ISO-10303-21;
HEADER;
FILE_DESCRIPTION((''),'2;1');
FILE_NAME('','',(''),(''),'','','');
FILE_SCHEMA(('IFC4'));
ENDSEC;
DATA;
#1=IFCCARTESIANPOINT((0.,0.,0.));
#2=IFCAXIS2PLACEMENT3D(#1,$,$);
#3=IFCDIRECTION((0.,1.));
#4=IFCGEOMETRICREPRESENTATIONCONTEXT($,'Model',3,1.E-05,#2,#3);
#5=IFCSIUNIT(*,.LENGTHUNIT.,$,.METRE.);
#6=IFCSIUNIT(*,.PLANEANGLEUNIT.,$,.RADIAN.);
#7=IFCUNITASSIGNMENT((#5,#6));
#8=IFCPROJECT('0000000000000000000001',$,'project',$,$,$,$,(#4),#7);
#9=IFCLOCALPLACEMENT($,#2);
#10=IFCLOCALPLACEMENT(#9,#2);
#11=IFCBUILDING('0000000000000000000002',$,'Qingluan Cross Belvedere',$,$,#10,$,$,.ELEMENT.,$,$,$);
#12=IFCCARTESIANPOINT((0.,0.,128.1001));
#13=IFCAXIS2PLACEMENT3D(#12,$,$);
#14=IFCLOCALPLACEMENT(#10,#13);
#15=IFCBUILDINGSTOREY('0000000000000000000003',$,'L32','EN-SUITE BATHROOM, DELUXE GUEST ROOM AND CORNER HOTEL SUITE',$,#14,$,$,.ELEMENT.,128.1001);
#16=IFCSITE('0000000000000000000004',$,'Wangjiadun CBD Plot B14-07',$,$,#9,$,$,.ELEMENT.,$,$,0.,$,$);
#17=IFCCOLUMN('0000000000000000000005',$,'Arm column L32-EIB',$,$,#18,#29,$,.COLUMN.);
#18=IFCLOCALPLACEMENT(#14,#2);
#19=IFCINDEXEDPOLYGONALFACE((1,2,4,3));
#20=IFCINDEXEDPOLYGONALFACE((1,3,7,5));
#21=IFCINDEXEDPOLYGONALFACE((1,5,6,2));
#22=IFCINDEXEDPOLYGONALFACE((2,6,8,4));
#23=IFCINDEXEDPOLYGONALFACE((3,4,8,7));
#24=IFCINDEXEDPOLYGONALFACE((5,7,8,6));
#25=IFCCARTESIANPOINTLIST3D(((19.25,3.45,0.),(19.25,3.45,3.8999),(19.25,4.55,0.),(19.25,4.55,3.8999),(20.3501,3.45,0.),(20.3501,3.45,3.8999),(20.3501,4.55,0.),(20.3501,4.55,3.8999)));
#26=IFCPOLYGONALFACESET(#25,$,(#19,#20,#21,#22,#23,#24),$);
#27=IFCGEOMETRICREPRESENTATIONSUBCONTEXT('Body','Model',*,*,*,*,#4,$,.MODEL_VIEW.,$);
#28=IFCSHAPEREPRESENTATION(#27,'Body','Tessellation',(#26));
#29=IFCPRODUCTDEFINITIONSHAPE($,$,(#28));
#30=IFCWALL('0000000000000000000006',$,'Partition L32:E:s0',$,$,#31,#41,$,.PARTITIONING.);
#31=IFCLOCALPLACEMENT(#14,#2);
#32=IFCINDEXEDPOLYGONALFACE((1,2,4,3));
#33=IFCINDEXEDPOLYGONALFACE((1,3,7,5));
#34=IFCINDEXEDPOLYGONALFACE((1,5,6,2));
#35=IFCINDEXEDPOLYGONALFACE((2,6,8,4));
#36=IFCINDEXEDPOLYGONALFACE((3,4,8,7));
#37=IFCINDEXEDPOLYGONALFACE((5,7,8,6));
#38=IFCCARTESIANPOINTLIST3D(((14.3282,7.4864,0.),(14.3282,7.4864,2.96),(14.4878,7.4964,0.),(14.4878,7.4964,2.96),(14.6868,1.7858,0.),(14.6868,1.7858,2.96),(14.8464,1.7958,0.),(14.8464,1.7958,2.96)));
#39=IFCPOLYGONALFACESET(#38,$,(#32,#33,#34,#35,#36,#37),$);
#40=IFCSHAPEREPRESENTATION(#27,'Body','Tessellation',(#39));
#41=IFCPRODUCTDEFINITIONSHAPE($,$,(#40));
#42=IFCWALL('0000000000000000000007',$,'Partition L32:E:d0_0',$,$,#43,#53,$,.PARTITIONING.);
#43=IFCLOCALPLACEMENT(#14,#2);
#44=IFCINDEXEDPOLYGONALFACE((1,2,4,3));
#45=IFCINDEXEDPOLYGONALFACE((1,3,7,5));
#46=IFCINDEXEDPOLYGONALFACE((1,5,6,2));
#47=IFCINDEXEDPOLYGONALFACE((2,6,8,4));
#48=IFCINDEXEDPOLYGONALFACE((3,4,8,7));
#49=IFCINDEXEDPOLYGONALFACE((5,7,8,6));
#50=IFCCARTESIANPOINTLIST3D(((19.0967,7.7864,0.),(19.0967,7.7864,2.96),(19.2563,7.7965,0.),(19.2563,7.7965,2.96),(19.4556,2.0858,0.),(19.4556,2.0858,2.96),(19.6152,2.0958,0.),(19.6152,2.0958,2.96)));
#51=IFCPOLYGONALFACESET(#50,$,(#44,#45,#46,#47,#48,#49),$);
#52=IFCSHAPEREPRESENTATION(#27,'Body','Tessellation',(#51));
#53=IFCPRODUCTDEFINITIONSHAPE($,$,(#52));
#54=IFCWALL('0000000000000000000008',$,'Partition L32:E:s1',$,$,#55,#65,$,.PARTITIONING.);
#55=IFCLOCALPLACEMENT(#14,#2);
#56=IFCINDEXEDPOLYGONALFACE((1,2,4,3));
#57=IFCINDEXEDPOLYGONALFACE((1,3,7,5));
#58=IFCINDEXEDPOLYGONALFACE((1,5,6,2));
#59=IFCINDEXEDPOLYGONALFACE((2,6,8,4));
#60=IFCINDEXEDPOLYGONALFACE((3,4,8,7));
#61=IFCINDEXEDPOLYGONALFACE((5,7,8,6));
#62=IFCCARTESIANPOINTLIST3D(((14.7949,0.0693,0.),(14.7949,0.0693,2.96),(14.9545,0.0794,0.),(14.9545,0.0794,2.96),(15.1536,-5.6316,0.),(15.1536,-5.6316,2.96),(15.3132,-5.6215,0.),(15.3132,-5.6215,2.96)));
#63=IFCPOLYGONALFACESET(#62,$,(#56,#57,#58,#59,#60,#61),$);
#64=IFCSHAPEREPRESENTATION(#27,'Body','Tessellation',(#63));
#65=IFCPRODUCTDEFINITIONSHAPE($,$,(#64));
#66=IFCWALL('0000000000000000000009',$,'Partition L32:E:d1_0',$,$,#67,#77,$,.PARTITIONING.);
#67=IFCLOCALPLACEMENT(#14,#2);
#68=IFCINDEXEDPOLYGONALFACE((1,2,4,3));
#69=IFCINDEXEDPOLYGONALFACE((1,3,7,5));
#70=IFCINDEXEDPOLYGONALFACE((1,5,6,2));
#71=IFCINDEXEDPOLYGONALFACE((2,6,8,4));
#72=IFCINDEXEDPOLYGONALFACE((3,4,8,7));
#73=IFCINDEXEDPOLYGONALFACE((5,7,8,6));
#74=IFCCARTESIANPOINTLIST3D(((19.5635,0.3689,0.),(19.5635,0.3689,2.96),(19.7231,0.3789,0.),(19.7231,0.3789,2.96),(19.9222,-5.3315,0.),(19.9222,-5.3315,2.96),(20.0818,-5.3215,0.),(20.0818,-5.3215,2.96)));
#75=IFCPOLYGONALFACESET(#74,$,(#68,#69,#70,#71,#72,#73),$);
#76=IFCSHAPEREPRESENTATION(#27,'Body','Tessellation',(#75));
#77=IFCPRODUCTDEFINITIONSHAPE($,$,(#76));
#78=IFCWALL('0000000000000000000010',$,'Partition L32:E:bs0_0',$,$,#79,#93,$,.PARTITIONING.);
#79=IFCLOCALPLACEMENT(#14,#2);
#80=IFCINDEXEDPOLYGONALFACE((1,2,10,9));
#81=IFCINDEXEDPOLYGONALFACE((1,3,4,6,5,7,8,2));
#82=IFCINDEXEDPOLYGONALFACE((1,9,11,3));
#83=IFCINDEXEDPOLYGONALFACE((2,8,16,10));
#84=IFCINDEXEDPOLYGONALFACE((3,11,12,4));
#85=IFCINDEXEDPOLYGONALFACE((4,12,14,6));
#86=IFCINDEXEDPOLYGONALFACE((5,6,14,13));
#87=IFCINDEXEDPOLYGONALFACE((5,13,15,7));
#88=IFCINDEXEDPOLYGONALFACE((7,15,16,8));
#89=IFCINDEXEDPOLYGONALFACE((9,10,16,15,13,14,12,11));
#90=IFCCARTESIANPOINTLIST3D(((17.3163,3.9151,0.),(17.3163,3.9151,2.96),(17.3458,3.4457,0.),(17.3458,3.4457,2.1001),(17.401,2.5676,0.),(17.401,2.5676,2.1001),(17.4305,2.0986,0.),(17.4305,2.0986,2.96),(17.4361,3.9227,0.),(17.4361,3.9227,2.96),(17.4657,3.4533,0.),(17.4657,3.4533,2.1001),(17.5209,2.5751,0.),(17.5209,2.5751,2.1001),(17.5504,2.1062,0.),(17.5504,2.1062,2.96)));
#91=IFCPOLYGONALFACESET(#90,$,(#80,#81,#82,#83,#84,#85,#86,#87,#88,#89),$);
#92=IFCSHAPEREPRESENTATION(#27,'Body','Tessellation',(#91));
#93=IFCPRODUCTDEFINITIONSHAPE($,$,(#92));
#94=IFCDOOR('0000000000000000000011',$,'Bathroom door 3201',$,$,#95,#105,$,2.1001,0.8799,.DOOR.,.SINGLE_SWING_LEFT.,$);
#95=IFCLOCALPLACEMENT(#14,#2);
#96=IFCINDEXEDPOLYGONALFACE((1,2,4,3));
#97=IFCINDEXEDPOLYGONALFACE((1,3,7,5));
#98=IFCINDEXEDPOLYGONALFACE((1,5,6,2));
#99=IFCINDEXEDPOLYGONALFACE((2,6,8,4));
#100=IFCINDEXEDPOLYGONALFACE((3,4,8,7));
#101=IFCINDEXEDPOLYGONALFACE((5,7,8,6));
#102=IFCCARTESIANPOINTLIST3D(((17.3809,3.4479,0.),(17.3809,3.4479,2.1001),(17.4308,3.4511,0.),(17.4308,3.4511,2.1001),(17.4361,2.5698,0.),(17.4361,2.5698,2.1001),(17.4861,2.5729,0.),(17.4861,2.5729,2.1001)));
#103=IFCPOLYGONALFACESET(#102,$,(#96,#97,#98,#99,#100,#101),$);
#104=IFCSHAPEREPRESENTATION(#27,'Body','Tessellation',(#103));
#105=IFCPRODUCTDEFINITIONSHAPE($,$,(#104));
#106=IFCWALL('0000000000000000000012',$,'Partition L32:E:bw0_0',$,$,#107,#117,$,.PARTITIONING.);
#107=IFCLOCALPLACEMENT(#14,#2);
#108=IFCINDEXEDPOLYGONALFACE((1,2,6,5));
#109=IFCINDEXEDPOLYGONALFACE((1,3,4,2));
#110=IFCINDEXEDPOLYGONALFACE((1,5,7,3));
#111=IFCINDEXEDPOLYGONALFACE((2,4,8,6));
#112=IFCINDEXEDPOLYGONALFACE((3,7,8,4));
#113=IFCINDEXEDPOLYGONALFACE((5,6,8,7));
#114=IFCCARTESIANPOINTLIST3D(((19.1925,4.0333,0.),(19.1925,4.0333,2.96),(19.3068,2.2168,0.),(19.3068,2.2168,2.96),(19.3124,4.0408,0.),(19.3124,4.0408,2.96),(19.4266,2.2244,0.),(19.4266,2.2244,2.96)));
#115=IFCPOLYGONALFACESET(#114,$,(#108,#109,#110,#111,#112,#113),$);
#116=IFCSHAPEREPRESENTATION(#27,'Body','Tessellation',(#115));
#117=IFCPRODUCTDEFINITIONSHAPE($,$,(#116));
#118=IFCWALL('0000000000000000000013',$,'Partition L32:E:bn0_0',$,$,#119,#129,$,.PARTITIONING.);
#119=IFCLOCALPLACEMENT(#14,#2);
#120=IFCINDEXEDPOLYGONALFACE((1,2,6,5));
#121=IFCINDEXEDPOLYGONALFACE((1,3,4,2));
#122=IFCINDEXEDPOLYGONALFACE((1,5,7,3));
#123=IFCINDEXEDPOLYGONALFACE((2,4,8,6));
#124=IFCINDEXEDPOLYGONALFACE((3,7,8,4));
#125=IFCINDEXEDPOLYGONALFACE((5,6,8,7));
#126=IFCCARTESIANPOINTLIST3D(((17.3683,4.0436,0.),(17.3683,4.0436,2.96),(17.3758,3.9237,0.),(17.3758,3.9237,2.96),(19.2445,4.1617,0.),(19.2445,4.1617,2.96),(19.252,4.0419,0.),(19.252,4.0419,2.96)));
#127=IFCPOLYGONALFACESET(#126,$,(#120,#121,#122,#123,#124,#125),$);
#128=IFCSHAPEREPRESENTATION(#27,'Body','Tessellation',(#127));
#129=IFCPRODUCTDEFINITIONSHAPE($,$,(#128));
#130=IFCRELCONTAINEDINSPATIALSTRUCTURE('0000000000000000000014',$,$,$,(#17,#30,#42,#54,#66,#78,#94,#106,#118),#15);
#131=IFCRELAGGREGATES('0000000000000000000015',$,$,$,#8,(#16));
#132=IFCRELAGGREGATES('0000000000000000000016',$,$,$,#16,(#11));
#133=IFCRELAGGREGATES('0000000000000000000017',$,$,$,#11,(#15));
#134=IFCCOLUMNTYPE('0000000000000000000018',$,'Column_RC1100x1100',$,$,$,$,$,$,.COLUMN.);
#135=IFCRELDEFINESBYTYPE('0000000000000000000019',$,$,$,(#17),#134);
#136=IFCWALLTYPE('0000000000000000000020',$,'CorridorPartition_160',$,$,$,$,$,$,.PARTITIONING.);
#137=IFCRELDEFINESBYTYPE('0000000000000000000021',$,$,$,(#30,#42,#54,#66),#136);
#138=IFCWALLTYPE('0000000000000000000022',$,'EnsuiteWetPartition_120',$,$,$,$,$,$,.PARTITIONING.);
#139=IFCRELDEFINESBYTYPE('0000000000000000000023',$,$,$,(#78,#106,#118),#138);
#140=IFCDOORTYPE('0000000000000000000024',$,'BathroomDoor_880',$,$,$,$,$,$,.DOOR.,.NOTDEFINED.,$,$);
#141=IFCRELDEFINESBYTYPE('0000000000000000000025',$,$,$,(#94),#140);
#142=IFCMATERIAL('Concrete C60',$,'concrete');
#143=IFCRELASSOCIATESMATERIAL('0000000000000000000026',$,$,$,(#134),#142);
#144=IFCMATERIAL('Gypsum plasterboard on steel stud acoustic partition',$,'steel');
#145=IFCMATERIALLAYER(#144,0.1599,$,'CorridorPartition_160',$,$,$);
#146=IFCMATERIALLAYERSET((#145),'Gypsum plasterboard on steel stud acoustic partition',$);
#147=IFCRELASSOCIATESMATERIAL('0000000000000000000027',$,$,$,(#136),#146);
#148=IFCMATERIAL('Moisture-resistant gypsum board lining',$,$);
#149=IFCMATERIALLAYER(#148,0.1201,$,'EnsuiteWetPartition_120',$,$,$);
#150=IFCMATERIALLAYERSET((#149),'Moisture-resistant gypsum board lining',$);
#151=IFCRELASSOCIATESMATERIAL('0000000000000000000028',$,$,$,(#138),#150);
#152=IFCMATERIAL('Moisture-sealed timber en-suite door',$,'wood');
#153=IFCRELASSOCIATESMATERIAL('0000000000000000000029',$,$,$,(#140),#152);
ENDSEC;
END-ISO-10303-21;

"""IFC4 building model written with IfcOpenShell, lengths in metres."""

from ifc_helpers import new_model, si_unit, direction, frame, frame_2d, origin, origin_2d, place, context, subcontext, project, spatial, rectangle, extrude, material, layer, layer_set, material_profile, profile_set, type_object, element, fill, save


model = new_model("IFC4")

# Units and contexts
model_context = context("Model", 3, precision=1e-05, world=origin(), true_north=direction((0.0, 1.0)))
body_context = subcontext(model_context, "Body", "Model", "MODEL_VIEW")
ifc_project = project(units=[si_unit("LENGTHUNIT", "METRE"), si_unit("PLANEANGLEUNIT", "RADIAN")], contexts=[model_context])

# Site, building, storey
site_placement = place(None, origin())
site = spatial("IfcSite", under=ifc_project, at=site_placement, Name="Wangjiadun CBD Plot B14-07", CompositionType="ELEMENT", RefElevation=0.0)
building_placement = place(site_placement, origin())
building = spatial("IfcBuilding", under=site, at=building_placement, Name="Qingluan Cross Belvedere", CompositionType="ELEMENT")
storey_placement = place(building_placement, frame((0.0, 0.0, 128.1001)))
storey = spatial("IfcBuildingStorey", under=building, at=storey_placement, Name="L32", Description="EN-SUITE BATHROOM, DELUXE GUEST ROOM AND CORNER HOTEL SUITE", CompositionType="ELEMENT", Elevation=128.1001)

# Column
ifc_material_1 = material(Name="Concrete C60", Category="concrete")
ifc_material_profile = material_profile(ifc_material_1, rectangle(XDim=1.1001, YDim=1.1001, at=origin_2d()), Name="RC1100x1100")
ifc_profile_set = profile_set([ifc_material_profile], Name="Concrete C60")
column_type = type_object("IfcColumnType", Name="Column_RC1100x1100", PredefinedType="COLUMN", material=ifc_profile_set)
column_placement = place(storey_placement, frame((19.8, 4.0, 0.0), z_axis=(0.0, 0.0, 1.0), x_axis=(1.0, 0.0, 0.0)))
element("IfcColumn", 1, at=column_placement, inside=storey, type_object=column_type, Name="Arm column L32-EIB", PredefinedType="COLUMN", context=body_context, shape_type="SweptSolid", body=[
    extrude(rectangle(XDim=1.1001, YDim=1.1001, at=origin_2d()), origin(), (0.0, 0.0, 1.0), 3.8999),
])

# Shared definitions
ifc_material_2 = material(Name="Gypsum plasterboard on steel stud acoustic partition", Category="steel")
ifc_layer_1 = layer(ifc_material_2, 0.1599, Name="CorridorPartition_160")
ifc_layer_set_1 = layer_set([ifc_layer_1], Name="Gypsum plasterboard on steel stud acoustic partition")
wall_type_1 = type_object("IfcWallType", Name="CorridorPartition_160", PredefinedType="PARTITIONING", material=ifc_layer_set_1)

# Walls
for number, where, z_axis, x_axis, name in (
    (2, (14.7666, 1.7908, 0.0), (0.0, 0.0, 1.0), (-0.062788, 0.998027, 0.0), "Partition L32:E:s0"),
    (3, (19.5354, 2.0908, 0.0), (0.0, 0.0, 1.0), (-0.062831, 0.998024, 0.0), "Partition L32:E:d0_0"),
):
    element("IfcWall", number, at=place(storey_placement, frame(where, z_axis=z_axis, x_axis=x_axis)), inside=storey, type_object=wall_type_1, Name=name, PredefinedType="PARTITIONING", context=body_context, shape_type="SweptSolid", body=[
        extrude(rectangle(XDim=5.7119, YDim=0.1599, at=frame_2d((2.856, 0.0))), origin(), (0.0, 0.0, 1.0), 2.96),
    ])

# Walls
wall_1_placement = place(storey_placement, frame((14.8748, 0.0742, 0.0), z_axis=(0.0, 0.0, 1.0), x_axis=(0.062785, -0.998027, 0.0)))
element("IfcWall", 4, at=wall_1_placement, inside=storey, type_object=wall_type_1, Name="Partition L32:E:s1", PredefinedType="PARTITIONING", context=body_context, shape_type="SweptSolid", body=[
    extrude(rectangle(XDim=5.7122, YDim=0.1599, at=frame_2d((2.856, 0.0))), origin(), (0.0, 0.0, 1.0), 2.96),
])
wall_2_placement = place(storey_placement, frame((19.6433, 0.374, 0.0), z_axis=(0.0, 0.0, 1.0), x_axis=(0.062791, -0.998027, 0.0)))
element("IfcWall", 5, at=wall_2_placement, inside=storey, type_object=wall_type_1, Name="Partition L32:E:d1_0", PredefinedType="PARTITIONING", context=body_context, shape_type="SweptSolid", body=[
    extrude(rectangle(XDim=5.7117, YDim=0.1599, at=frame_2d((2.856, 0.0))), origin(), (0.0, 0.0, 1.0), 2.96),
])

# Wall, opening, door
ifc_material_3 = material(Name="Moisture-resistant gypsum board lining")
ifc_layer_2 = layer(ifc_material_3, 0.1201, Name="EnsuiteWetPartition_120")
ifc_layer_set_2 = layer_set([ifc_layer_2], Name="Moisture-resistant gypsum board lining")
wall_type_2 = type_object("IfcWallType", Name="EnsuiteWetPartition_120", PredefinedType="PARTITIONING", material=ifc_layer_set_2)
wall_3_placement = place(storey_placement, frame((17.4905, 2.1023, 0.0), z_axis=(0.0, 0.0, 1.0), x_axis=(-0.062779, 0.998027, 0.0)))
wall_3 = element("IfcWall", 6, at=wall_3_placement, inside=storey, type_object=wall_type_2, Name="Partition L32:E:bs0_0", PredefinedType="PARTITIONING", context=body_context, shape_type="SweptSolid", body=[
    extrude(rectangle(XDim=1.8201, YDim=0.1201, at=frame_2d((0.9102, 0.0))), origin(), (0.0, 0.0, 1.0), 2.96),
])
opening_1_placement = place(wall_3_placement, frame((0.47, 0.0, 0.0)))
opening_1 = element("IfcOpeningElement", 7, at=opening_1_placement, cuts=wall_3, PredefinedType="OPENING", context=body_context, shape_type="SweptSolid", body=[
    extrude(rectangle(XDim=0.8799, YDim=2.1001, at=frame_2d((0.4399, 1.05))), frame((0.0, 0.0701, 0.0), z_axis=(0.0, -1.0, 0.0), x_axis=(1.0, 0.0, 0.0)), (0.0, 0.0, 1.0), 0.1401),
])
ifc_material_4 = material(Name="Moisture-sealed timber en-suite door", Category="wood")
door_type_1 = type_object("IfcDoorType", Name="BathroomDoor_880", OperationType="NOTDEFINED", PredefinedType="DOOR", material=ifc_material_4)
door_1_placement = place(opening_1_placement, origin())
door_1 = element("IfcDoor", 8, at=door_1_placement, inside=storey, type_object=door_type_1, Name="Bathroom door 3201", OperationType="SINGLE_SWING_LEFT", OverallHeight=2.1001, OverallWidth=0.8799, PredefinedType="DOOR", context=body_context, shape_type="SweptSolid", body=[
    extrude(rectangle(XDim=0.8799, YDim=2.1001, at=frame_2d((0.4399, 1.05))), frame((0.0, 0.0249, 0.0), z_axis=(0.0, -1.0, 0.0), x_axis=(1.0, 0.0, 0.0)), (0.0, 0.0, 1.0), 0.05),
])
fill(opening_1, door_1)

# Walls
wall_4_placement = place(storey_placement, frame((19.3667, 2.2205, 0.0), z_axis=(0.0, 0.0, 1.0), x_axis=(-0.062779, 0.998027, 0.0)))
element("IfcWall", 9, at=wall_4_placement, inside=storey, type_object=wall_type_2, Name="Partition L32:E:bw0_0", PredefinedType="PARTITIONING", context=body_context, shape_type="SweptSolid", body=[
    extrude(rectangle(XDim=1.8201, YDim=0.1201, at=frame_2d((0.9102, 0.0))), origin(), (0.0, 0.0, 1.0), 2.96),
])
wall_5_placement = place(storey_placement, frame((17.3721, 3.9836, 0.0), z_axis=(0.0, 0.0, 1.0), x_axis=(0.998023, 0.062855, 0.0)))
element("IfcWall", 10, at=wall_5_placement, inside=storey, type_object=wall_type_2, Name="Partition L32:E:bn0_0", PredefinedType="PARTITIONING", context=body_context, shape_type="SweptSolid", body=[
    extrude(rectangle(XDim=1.8799, YDim=0.1201, at=frame_2d((0.9399, 0.0))), origin(), (0.0, 0.0, 1.0), 2.96),
])

save(model, "model.ifc")
